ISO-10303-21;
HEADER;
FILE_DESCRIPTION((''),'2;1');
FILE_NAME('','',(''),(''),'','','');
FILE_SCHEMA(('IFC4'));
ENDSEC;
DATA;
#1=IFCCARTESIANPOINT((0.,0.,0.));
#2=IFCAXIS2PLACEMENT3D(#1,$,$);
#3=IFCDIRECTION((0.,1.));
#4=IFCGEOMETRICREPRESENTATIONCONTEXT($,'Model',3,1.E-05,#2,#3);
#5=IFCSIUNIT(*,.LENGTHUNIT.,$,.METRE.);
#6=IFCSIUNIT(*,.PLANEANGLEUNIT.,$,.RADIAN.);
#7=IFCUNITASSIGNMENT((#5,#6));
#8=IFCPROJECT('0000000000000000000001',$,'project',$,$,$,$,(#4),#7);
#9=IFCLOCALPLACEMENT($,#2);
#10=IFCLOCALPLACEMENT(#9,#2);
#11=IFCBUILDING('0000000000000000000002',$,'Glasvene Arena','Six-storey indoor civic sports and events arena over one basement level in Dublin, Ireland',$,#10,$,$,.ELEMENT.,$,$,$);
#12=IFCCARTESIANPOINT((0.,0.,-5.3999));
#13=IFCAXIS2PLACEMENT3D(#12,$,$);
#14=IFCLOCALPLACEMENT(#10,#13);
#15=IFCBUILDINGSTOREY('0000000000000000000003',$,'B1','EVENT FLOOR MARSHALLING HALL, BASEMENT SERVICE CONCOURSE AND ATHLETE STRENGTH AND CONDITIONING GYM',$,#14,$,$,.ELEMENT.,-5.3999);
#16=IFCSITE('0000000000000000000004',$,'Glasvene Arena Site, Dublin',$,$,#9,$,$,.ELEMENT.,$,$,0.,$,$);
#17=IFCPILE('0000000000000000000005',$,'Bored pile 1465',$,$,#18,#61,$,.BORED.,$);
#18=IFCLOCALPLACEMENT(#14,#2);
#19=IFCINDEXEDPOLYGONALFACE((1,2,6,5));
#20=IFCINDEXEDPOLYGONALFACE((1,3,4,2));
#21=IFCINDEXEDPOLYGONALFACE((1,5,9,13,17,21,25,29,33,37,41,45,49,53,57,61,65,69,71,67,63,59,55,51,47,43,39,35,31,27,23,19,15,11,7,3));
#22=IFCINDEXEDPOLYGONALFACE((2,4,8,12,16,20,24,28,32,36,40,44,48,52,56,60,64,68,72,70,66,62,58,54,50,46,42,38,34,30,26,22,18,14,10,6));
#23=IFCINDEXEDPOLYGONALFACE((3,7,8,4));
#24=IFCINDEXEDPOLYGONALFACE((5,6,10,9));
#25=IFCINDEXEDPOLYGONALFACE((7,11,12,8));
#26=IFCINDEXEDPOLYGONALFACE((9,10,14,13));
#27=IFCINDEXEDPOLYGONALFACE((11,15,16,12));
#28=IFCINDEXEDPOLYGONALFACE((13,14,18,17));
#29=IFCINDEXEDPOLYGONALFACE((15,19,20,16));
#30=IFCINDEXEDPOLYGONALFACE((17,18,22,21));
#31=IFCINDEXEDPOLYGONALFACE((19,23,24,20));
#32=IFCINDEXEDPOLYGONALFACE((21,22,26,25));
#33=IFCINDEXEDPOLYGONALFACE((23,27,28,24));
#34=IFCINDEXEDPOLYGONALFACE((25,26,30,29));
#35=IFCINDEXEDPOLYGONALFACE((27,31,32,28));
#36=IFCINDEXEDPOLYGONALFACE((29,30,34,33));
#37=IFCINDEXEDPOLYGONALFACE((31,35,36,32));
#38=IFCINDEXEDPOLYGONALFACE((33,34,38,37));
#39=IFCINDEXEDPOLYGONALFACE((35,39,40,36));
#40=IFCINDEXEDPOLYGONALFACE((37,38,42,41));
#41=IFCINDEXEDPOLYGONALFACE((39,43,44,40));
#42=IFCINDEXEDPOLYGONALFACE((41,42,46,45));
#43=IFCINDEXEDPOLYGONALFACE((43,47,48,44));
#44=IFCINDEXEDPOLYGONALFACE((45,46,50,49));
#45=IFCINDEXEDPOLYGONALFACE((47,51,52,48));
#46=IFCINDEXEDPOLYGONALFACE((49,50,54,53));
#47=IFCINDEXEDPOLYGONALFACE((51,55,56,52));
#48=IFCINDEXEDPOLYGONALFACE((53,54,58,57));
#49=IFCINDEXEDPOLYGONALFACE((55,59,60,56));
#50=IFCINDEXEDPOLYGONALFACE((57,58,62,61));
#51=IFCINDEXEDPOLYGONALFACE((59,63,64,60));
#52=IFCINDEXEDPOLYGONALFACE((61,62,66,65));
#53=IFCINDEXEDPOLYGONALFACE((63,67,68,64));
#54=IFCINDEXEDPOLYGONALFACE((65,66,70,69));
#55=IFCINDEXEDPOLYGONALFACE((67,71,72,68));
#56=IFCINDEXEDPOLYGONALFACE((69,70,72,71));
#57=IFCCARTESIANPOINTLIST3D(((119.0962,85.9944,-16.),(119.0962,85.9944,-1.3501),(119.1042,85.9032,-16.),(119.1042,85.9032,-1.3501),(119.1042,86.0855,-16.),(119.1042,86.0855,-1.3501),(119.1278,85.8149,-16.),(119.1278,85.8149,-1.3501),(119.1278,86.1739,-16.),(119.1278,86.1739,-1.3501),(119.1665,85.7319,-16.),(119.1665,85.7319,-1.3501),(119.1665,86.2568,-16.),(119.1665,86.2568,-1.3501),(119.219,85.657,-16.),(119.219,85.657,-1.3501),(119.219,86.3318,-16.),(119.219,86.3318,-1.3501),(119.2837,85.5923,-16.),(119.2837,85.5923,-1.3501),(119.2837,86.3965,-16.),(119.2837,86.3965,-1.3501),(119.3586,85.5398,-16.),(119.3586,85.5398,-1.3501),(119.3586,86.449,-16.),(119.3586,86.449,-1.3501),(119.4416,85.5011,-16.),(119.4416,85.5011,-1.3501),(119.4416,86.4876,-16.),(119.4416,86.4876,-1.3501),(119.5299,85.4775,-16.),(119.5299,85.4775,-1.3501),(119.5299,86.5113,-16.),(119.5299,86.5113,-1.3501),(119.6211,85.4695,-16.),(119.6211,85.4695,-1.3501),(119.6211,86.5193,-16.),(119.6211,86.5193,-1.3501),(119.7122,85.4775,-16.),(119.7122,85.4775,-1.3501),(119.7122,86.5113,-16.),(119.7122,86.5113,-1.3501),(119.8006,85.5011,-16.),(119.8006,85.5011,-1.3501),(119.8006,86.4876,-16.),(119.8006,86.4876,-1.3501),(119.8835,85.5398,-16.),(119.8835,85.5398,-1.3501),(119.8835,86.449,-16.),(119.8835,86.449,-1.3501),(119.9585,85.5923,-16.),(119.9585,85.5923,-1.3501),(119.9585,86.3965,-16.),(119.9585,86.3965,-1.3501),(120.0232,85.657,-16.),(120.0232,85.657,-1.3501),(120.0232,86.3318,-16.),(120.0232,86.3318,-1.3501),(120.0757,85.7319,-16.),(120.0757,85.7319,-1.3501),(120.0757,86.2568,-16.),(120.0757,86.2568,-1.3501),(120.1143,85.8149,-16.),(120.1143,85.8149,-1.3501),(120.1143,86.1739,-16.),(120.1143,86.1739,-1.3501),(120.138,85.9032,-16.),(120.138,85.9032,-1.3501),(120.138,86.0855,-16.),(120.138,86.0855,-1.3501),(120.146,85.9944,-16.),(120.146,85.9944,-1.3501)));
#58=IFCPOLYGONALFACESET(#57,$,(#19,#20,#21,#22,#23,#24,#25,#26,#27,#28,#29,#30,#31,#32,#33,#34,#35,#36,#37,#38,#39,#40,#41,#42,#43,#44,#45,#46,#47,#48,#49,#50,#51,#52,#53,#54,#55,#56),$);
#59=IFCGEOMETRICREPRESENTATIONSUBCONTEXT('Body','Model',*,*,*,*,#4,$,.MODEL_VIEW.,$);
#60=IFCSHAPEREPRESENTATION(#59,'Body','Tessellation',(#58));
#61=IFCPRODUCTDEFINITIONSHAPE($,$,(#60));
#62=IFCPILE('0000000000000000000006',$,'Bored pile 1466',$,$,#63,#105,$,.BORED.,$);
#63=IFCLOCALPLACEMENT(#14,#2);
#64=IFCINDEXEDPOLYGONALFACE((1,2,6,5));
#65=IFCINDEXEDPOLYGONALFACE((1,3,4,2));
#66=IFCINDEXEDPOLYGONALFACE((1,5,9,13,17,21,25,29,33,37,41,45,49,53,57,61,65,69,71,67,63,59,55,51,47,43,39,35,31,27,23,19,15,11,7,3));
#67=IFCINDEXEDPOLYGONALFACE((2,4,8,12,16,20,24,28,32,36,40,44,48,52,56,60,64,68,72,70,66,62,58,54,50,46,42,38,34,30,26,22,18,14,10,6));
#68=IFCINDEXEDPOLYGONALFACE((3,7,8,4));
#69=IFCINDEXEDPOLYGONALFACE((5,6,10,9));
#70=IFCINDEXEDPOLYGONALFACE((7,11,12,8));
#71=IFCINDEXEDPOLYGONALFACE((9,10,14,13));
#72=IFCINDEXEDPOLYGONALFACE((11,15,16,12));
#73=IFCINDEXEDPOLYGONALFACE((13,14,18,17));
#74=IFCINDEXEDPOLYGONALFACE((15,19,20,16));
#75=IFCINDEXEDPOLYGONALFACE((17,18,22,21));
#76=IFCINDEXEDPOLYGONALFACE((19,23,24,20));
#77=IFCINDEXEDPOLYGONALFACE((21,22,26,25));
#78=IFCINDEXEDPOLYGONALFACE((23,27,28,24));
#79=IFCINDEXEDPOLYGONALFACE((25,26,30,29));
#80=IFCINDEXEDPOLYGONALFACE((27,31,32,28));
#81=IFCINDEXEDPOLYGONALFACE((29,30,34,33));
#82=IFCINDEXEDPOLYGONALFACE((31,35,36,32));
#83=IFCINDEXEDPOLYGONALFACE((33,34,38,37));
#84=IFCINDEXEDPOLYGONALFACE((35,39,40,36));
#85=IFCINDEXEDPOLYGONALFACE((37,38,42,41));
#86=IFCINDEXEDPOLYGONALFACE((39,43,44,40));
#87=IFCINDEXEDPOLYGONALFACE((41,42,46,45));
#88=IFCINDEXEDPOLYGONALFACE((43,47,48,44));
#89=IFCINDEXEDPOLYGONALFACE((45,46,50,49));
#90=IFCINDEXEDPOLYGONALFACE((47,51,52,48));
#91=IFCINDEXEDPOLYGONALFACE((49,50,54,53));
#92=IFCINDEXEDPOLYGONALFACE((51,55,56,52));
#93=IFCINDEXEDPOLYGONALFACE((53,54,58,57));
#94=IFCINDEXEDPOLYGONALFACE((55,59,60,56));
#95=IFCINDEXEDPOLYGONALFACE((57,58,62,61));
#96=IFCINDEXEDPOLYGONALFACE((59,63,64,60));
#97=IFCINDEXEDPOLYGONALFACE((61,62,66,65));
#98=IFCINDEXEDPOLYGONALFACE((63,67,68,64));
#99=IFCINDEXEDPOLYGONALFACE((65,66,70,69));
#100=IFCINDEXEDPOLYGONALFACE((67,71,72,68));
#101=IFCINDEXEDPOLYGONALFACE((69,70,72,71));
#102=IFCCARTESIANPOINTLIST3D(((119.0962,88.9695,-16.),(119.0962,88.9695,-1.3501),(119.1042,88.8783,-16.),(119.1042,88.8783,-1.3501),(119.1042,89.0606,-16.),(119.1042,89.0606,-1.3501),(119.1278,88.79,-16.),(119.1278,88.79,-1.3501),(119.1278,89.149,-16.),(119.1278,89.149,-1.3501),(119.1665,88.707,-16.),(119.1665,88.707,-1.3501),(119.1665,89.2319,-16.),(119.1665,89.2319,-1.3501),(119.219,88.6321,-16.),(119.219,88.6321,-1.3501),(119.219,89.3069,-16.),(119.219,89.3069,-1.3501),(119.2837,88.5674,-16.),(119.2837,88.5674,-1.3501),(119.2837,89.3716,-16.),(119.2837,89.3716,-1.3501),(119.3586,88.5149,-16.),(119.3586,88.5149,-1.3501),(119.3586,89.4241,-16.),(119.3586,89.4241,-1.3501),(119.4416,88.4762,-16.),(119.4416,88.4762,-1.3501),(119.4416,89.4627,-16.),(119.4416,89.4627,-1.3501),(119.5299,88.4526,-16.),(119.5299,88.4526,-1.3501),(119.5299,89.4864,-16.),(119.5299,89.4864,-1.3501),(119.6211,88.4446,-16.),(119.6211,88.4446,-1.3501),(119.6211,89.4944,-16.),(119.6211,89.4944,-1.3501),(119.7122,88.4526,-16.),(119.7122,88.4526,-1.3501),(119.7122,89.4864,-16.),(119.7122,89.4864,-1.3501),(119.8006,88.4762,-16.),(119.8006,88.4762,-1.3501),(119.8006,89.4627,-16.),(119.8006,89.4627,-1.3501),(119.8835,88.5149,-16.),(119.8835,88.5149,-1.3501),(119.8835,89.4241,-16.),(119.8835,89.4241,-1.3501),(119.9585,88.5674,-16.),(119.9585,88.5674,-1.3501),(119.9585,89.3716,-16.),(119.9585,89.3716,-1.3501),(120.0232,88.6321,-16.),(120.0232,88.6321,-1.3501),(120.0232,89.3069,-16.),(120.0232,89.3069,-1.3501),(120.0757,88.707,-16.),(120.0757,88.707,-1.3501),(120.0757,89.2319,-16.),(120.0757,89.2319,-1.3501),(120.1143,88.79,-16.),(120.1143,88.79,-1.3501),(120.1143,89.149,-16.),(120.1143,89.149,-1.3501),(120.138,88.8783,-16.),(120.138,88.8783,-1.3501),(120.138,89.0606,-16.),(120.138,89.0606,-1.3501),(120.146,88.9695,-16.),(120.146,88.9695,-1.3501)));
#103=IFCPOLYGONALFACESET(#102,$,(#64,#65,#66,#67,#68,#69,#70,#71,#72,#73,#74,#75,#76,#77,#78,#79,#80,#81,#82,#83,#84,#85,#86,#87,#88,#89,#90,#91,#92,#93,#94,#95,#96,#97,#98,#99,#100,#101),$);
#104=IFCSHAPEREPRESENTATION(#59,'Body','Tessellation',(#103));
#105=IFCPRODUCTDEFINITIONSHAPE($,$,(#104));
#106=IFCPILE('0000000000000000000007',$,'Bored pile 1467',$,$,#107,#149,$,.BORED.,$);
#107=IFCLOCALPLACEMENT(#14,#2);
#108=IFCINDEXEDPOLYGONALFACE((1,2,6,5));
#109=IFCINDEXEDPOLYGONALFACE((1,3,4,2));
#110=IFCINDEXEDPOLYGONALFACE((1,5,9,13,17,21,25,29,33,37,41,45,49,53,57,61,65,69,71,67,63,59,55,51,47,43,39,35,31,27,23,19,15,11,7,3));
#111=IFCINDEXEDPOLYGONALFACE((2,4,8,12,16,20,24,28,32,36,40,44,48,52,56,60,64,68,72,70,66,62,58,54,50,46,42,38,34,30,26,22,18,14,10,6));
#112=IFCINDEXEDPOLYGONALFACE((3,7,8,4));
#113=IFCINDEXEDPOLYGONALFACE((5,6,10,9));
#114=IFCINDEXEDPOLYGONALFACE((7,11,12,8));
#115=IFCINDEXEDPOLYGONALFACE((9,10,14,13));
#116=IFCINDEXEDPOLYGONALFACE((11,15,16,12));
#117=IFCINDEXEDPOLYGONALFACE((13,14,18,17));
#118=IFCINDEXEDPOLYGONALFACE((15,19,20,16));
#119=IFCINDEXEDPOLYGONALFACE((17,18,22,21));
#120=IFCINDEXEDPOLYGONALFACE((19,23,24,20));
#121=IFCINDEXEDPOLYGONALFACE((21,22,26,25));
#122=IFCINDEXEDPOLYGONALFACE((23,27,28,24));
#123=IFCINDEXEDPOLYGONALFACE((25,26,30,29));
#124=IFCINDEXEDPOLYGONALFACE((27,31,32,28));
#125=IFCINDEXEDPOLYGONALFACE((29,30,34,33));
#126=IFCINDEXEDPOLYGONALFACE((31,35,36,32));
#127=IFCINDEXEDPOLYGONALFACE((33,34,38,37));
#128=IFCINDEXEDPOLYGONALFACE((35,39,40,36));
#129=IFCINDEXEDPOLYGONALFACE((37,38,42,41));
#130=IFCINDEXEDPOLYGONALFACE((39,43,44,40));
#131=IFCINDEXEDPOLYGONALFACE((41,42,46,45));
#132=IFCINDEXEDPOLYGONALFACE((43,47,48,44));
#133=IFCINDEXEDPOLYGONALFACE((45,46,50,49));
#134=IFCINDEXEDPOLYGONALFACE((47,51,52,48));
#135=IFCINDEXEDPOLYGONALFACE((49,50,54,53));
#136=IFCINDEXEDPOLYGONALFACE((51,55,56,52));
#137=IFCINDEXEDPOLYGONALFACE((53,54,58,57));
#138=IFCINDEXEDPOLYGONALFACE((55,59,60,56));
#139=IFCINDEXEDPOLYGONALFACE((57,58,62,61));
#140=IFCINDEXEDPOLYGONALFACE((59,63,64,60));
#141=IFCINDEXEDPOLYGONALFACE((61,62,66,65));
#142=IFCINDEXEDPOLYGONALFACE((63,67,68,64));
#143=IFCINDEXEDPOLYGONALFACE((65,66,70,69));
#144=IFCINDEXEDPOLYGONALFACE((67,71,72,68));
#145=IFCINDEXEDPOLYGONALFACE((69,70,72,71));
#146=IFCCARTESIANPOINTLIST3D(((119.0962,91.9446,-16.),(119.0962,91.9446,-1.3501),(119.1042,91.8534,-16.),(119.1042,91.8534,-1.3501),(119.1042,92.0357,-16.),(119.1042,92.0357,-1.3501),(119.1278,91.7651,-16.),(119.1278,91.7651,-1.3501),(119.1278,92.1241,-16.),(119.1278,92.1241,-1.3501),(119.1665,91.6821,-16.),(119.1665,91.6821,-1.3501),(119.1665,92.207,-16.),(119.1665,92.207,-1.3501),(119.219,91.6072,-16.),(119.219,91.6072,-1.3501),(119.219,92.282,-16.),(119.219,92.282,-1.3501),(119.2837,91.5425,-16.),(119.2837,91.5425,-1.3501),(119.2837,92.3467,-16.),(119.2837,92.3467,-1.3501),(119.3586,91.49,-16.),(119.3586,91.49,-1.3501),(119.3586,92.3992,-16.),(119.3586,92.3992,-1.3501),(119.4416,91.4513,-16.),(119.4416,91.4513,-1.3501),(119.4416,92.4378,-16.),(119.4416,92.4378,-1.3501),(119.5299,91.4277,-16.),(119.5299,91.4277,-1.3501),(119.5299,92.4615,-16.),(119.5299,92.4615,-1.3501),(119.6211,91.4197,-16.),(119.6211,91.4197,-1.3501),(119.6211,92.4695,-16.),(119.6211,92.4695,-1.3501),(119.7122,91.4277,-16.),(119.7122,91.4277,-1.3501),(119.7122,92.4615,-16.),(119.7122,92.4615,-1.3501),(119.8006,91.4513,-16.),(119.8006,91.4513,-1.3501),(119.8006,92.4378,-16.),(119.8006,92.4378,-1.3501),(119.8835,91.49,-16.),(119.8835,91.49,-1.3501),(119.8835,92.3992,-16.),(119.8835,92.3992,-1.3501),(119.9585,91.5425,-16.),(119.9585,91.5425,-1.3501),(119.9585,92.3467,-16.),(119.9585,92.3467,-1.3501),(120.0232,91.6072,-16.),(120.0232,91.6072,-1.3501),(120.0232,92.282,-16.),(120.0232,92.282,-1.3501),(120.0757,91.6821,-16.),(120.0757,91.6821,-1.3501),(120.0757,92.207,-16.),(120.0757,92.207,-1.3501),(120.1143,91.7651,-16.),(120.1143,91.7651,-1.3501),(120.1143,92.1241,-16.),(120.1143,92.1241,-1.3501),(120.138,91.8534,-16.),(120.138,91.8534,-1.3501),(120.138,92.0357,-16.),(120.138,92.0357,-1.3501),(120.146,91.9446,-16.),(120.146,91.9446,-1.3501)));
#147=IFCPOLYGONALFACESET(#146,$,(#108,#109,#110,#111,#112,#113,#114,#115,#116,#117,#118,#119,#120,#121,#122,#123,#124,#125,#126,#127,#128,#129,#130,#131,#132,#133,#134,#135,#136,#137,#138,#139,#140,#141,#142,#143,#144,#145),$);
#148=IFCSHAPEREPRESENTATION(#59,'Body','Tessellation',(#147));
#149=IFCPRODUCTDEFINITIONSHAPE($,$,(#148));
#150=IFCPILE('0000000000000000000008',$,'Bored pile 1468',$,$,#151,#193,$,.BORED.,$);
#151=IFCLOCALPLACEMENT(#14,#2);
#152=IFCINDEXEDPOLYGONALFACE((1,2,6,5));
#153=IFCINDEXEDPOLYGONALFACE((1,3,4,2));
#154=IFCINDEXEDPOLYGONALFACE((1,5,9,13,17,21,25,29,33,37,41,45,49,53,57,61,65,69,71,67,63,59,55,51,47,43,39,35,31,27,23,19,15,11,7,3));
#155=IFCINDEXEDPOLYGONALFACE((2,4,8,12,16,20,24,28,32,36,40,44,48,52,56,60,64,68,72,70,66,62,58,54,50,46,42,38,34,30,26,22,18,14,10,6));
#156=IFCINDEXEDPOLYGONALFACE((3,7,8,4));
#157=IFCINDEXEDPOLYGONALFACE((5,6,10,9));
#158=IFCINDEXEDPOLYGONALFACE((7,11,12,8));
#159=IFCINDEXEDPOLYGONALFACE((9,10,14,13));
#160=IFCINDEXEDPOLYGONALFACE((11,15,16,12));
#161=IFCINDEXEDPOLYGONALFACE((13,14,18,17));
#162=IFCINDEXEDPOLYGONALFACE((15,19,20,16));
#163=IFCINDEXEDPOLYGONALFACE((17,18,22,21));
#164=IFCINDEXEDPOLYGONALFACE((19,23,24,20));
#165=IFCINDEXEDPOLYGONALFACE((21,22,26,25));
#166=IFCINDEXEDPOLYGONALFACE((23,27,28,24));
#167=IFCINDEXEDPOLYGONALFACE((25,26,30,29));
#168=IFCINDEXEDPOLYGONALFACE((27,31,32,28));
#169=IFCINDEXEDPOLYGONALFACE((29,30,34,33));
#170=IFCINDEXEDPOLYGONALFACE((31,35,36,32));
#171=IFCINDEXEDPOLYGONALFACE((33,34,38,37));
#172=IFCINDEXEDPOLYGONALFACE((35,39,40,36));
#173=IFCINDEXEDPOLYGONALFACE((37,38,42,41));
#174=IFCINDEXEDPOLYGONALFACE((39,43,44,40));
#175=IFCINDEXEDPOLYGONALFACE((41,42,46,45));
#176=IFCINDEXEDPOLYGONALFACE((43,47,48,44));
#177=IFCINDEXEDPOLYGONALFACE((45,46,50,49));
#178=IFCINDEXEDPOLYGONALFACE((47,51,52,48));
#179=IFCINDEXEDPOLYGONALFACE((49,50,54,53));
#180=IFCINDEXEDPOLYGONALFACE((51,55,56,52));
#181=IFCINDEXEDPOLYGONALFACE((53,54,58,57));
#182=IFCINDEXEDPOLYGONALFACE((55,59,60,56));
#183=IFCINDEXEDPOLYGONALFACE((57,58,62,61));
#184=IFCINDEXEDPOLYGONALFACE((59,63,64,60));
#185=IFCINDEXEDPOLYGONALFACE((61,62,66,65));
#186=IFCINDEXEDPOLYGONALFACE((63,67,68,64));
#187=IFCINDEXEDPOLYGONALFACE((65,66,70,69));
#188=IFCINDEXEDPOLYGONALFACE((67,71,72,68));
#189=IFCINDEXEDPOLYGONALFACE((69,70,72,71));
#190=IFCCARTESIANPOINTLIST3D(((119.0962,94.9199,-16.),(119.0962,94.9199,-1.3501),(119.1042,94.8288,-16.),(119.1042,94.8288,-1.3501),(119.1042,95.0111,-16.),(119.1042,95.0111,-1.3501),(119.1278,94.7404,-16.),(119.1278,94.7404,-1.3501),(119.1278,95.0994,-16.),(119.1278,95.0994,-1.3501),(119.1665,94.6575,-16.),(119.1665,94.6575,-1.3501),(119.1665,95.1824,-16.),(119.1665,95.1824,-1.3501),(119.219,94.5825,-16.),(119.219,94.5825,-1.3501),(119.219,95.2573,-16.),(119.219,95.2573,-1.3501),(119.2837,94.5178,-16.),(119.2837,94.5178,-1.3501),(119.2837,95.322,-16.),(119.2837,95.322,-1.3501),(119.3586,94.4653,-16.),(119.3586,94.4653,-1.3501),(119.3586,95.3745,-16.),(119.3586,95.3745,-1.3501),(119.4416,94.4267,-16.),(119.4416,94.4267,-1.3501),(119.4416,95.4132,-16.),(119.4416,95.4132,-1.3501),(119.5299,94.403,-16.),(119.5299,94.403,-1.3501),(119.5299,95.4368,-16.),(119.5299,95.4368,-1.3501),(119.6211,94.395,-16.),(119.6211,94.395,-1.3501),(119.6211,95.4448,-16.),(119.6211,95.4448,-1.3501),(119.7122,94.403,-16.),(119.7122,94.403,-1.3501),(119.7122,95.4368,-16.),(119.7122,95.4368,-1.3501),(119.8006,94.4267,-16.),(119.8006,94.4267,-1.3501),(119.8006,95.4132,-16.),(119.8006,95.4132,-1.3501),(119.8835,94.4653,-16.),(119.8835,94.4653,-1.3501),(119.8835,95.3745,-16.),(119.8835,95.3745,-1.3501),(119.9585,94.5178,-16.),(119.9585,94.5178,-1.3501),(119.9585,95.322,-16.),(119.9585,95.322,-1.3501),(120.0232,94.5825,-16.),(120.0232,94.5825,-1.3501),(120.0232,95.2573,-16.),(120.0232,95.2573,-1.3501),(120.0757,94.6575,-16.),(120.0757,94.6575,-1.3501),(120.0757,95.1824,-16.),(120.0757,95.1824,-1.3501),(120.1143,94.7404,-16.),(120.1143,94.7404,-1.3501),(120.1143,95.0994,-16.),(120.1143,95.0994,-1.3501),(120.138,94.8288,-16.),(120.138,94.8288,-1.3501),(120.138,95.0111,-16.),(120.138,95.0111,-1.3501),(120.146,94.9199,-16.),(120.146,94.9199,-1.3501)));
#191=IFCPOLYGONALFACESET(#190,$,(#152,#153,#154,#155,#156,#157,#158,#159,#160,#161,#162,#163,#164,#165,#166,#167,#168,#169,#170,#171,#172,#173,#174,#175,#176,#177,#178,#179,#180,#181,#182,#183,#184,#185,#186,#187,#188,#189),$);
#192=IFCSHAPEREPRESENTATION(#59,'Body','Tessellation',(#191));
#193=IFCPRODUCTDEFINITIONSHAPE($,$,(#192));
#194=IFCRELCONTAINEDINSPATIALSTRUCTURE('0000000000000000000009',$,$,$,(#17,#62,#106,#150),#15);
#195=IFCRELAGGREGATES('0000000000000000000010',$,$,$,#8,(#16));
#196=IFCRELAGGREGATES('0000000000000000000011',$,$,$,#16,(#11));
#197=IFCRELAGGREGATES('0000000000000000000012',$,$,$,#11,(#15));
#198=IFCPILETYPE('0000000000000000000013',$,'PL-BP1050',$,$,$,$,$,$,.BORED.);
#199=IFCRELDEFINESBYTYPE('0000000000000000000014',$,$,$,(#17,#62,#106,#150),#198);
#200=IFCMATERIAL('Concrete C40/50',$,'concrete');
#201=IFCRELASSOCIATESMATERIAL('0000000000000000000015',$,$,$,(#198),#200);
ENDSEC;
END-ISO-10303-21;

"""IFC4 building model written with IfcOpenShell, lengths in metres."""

from ifc_helpers import new_model, si_unit, direction, frame, origin, origin_2d, place, context, subcontext, project, spatial, circle, extrude, material, material_profile, profile_set, type_object, element, save


model = new_model("IFC4")

# Units and contexts
model_context = context("Model", 3, precision=1e-05, world=origin(), true_north=direction((0.0, 1.0)))
body_context = subcontext(model_context, "Body", "Model", "MODEL_VIEW")
ifc_project = project(units=[si_unit("LENGTHUNIT", "METRE"), si_unit("PLANEANGLEUNIT", "RADIAN")], contexts=[model_context])

# Site, building, storey
site_placement = place(None, origin())
site = spatial("IfcSite", under=ifc_project, at=site_placement, Name="Glasvene Arena Site, Dublin", CompositionType="ELEMENT", RefElevation=0.0)
building_placement = place(site_placement, origin())
building = spatial("IfcBuilding", under=site, at=building_placement, Name="Glasvene Arena", Description="Six-storey indoor civic sports and events arena over one basement level in Dublin, Ireland", CompositionType="ELEMENT")
storey_placement = place(building_placement, frame((0.0, 0.0, -5.3999)))
storey = spatial("IfcBuildingStorey", under=building, at=storey_placement, Name="B1", Description="EVENT FLOOR MARSHALLING HALL, BASEMENT SERVICE CONCOURSE AND ATHLETE STRENGTH AND CONDITIONING GYM", CompositionType="ELEMENT", Elevation=-5.3999)

# Piles
ifc_material_1 = material(Name="Concrete C40/50", Category="concrete")
ifc_material_profile_1 = material_profile(ifc_material_1, circle(Radius=0.5249, at=origin_2d()), Name="BORED PILE 1050")
ifc_profile_set_1 = profile_set([ifc_material_profile_1], Name="Concrete C40/50")
pile_type = type_object("IfcPileType", Name="PL-BP1050", PredefinedType="BORED", material=ifc_profile_set_1)
for number, where, z_axis, x_axis, name in (
    (1, (119.6211, 85.9944, -1.3501), (0.0, 0.0, -1.0), (1.0, 0.0, 0.0), "Bored pile 1465"),
    (2, (119.6211, 88.9695, -1.3501), (0.0, 0.0, -1.0), (1.0, 0.0, 0.0), "Bored pile 1466"),
    (3, (119.6211, 91.9446, -1.3501), (0.0, 0.0, -1.0), (1.0, 0.0, 0.0), "Bored pile 1467"),
    (4, (119.6211, 94.9199, -1.3501), (0.0, 0.0, -1.0), (1.0, 0.0, 0.0), "Bored pile 1468"),
):
    element("IfcPile", number, at=place(storey_placement, frame(where, z_axis=z_axis, x_axis=x_axis)), inside=storey, type_object=pile_type, Name=name, PredefinedType="BORED", context=body_context, shape_type="SweptSolid", body=[
        extrude(circle(Radius=0.5249, at=origin_2d()), origin(), (0.0, 0.0, 1.0), 14.6499),
    ])

save(model, "model.ifc")
